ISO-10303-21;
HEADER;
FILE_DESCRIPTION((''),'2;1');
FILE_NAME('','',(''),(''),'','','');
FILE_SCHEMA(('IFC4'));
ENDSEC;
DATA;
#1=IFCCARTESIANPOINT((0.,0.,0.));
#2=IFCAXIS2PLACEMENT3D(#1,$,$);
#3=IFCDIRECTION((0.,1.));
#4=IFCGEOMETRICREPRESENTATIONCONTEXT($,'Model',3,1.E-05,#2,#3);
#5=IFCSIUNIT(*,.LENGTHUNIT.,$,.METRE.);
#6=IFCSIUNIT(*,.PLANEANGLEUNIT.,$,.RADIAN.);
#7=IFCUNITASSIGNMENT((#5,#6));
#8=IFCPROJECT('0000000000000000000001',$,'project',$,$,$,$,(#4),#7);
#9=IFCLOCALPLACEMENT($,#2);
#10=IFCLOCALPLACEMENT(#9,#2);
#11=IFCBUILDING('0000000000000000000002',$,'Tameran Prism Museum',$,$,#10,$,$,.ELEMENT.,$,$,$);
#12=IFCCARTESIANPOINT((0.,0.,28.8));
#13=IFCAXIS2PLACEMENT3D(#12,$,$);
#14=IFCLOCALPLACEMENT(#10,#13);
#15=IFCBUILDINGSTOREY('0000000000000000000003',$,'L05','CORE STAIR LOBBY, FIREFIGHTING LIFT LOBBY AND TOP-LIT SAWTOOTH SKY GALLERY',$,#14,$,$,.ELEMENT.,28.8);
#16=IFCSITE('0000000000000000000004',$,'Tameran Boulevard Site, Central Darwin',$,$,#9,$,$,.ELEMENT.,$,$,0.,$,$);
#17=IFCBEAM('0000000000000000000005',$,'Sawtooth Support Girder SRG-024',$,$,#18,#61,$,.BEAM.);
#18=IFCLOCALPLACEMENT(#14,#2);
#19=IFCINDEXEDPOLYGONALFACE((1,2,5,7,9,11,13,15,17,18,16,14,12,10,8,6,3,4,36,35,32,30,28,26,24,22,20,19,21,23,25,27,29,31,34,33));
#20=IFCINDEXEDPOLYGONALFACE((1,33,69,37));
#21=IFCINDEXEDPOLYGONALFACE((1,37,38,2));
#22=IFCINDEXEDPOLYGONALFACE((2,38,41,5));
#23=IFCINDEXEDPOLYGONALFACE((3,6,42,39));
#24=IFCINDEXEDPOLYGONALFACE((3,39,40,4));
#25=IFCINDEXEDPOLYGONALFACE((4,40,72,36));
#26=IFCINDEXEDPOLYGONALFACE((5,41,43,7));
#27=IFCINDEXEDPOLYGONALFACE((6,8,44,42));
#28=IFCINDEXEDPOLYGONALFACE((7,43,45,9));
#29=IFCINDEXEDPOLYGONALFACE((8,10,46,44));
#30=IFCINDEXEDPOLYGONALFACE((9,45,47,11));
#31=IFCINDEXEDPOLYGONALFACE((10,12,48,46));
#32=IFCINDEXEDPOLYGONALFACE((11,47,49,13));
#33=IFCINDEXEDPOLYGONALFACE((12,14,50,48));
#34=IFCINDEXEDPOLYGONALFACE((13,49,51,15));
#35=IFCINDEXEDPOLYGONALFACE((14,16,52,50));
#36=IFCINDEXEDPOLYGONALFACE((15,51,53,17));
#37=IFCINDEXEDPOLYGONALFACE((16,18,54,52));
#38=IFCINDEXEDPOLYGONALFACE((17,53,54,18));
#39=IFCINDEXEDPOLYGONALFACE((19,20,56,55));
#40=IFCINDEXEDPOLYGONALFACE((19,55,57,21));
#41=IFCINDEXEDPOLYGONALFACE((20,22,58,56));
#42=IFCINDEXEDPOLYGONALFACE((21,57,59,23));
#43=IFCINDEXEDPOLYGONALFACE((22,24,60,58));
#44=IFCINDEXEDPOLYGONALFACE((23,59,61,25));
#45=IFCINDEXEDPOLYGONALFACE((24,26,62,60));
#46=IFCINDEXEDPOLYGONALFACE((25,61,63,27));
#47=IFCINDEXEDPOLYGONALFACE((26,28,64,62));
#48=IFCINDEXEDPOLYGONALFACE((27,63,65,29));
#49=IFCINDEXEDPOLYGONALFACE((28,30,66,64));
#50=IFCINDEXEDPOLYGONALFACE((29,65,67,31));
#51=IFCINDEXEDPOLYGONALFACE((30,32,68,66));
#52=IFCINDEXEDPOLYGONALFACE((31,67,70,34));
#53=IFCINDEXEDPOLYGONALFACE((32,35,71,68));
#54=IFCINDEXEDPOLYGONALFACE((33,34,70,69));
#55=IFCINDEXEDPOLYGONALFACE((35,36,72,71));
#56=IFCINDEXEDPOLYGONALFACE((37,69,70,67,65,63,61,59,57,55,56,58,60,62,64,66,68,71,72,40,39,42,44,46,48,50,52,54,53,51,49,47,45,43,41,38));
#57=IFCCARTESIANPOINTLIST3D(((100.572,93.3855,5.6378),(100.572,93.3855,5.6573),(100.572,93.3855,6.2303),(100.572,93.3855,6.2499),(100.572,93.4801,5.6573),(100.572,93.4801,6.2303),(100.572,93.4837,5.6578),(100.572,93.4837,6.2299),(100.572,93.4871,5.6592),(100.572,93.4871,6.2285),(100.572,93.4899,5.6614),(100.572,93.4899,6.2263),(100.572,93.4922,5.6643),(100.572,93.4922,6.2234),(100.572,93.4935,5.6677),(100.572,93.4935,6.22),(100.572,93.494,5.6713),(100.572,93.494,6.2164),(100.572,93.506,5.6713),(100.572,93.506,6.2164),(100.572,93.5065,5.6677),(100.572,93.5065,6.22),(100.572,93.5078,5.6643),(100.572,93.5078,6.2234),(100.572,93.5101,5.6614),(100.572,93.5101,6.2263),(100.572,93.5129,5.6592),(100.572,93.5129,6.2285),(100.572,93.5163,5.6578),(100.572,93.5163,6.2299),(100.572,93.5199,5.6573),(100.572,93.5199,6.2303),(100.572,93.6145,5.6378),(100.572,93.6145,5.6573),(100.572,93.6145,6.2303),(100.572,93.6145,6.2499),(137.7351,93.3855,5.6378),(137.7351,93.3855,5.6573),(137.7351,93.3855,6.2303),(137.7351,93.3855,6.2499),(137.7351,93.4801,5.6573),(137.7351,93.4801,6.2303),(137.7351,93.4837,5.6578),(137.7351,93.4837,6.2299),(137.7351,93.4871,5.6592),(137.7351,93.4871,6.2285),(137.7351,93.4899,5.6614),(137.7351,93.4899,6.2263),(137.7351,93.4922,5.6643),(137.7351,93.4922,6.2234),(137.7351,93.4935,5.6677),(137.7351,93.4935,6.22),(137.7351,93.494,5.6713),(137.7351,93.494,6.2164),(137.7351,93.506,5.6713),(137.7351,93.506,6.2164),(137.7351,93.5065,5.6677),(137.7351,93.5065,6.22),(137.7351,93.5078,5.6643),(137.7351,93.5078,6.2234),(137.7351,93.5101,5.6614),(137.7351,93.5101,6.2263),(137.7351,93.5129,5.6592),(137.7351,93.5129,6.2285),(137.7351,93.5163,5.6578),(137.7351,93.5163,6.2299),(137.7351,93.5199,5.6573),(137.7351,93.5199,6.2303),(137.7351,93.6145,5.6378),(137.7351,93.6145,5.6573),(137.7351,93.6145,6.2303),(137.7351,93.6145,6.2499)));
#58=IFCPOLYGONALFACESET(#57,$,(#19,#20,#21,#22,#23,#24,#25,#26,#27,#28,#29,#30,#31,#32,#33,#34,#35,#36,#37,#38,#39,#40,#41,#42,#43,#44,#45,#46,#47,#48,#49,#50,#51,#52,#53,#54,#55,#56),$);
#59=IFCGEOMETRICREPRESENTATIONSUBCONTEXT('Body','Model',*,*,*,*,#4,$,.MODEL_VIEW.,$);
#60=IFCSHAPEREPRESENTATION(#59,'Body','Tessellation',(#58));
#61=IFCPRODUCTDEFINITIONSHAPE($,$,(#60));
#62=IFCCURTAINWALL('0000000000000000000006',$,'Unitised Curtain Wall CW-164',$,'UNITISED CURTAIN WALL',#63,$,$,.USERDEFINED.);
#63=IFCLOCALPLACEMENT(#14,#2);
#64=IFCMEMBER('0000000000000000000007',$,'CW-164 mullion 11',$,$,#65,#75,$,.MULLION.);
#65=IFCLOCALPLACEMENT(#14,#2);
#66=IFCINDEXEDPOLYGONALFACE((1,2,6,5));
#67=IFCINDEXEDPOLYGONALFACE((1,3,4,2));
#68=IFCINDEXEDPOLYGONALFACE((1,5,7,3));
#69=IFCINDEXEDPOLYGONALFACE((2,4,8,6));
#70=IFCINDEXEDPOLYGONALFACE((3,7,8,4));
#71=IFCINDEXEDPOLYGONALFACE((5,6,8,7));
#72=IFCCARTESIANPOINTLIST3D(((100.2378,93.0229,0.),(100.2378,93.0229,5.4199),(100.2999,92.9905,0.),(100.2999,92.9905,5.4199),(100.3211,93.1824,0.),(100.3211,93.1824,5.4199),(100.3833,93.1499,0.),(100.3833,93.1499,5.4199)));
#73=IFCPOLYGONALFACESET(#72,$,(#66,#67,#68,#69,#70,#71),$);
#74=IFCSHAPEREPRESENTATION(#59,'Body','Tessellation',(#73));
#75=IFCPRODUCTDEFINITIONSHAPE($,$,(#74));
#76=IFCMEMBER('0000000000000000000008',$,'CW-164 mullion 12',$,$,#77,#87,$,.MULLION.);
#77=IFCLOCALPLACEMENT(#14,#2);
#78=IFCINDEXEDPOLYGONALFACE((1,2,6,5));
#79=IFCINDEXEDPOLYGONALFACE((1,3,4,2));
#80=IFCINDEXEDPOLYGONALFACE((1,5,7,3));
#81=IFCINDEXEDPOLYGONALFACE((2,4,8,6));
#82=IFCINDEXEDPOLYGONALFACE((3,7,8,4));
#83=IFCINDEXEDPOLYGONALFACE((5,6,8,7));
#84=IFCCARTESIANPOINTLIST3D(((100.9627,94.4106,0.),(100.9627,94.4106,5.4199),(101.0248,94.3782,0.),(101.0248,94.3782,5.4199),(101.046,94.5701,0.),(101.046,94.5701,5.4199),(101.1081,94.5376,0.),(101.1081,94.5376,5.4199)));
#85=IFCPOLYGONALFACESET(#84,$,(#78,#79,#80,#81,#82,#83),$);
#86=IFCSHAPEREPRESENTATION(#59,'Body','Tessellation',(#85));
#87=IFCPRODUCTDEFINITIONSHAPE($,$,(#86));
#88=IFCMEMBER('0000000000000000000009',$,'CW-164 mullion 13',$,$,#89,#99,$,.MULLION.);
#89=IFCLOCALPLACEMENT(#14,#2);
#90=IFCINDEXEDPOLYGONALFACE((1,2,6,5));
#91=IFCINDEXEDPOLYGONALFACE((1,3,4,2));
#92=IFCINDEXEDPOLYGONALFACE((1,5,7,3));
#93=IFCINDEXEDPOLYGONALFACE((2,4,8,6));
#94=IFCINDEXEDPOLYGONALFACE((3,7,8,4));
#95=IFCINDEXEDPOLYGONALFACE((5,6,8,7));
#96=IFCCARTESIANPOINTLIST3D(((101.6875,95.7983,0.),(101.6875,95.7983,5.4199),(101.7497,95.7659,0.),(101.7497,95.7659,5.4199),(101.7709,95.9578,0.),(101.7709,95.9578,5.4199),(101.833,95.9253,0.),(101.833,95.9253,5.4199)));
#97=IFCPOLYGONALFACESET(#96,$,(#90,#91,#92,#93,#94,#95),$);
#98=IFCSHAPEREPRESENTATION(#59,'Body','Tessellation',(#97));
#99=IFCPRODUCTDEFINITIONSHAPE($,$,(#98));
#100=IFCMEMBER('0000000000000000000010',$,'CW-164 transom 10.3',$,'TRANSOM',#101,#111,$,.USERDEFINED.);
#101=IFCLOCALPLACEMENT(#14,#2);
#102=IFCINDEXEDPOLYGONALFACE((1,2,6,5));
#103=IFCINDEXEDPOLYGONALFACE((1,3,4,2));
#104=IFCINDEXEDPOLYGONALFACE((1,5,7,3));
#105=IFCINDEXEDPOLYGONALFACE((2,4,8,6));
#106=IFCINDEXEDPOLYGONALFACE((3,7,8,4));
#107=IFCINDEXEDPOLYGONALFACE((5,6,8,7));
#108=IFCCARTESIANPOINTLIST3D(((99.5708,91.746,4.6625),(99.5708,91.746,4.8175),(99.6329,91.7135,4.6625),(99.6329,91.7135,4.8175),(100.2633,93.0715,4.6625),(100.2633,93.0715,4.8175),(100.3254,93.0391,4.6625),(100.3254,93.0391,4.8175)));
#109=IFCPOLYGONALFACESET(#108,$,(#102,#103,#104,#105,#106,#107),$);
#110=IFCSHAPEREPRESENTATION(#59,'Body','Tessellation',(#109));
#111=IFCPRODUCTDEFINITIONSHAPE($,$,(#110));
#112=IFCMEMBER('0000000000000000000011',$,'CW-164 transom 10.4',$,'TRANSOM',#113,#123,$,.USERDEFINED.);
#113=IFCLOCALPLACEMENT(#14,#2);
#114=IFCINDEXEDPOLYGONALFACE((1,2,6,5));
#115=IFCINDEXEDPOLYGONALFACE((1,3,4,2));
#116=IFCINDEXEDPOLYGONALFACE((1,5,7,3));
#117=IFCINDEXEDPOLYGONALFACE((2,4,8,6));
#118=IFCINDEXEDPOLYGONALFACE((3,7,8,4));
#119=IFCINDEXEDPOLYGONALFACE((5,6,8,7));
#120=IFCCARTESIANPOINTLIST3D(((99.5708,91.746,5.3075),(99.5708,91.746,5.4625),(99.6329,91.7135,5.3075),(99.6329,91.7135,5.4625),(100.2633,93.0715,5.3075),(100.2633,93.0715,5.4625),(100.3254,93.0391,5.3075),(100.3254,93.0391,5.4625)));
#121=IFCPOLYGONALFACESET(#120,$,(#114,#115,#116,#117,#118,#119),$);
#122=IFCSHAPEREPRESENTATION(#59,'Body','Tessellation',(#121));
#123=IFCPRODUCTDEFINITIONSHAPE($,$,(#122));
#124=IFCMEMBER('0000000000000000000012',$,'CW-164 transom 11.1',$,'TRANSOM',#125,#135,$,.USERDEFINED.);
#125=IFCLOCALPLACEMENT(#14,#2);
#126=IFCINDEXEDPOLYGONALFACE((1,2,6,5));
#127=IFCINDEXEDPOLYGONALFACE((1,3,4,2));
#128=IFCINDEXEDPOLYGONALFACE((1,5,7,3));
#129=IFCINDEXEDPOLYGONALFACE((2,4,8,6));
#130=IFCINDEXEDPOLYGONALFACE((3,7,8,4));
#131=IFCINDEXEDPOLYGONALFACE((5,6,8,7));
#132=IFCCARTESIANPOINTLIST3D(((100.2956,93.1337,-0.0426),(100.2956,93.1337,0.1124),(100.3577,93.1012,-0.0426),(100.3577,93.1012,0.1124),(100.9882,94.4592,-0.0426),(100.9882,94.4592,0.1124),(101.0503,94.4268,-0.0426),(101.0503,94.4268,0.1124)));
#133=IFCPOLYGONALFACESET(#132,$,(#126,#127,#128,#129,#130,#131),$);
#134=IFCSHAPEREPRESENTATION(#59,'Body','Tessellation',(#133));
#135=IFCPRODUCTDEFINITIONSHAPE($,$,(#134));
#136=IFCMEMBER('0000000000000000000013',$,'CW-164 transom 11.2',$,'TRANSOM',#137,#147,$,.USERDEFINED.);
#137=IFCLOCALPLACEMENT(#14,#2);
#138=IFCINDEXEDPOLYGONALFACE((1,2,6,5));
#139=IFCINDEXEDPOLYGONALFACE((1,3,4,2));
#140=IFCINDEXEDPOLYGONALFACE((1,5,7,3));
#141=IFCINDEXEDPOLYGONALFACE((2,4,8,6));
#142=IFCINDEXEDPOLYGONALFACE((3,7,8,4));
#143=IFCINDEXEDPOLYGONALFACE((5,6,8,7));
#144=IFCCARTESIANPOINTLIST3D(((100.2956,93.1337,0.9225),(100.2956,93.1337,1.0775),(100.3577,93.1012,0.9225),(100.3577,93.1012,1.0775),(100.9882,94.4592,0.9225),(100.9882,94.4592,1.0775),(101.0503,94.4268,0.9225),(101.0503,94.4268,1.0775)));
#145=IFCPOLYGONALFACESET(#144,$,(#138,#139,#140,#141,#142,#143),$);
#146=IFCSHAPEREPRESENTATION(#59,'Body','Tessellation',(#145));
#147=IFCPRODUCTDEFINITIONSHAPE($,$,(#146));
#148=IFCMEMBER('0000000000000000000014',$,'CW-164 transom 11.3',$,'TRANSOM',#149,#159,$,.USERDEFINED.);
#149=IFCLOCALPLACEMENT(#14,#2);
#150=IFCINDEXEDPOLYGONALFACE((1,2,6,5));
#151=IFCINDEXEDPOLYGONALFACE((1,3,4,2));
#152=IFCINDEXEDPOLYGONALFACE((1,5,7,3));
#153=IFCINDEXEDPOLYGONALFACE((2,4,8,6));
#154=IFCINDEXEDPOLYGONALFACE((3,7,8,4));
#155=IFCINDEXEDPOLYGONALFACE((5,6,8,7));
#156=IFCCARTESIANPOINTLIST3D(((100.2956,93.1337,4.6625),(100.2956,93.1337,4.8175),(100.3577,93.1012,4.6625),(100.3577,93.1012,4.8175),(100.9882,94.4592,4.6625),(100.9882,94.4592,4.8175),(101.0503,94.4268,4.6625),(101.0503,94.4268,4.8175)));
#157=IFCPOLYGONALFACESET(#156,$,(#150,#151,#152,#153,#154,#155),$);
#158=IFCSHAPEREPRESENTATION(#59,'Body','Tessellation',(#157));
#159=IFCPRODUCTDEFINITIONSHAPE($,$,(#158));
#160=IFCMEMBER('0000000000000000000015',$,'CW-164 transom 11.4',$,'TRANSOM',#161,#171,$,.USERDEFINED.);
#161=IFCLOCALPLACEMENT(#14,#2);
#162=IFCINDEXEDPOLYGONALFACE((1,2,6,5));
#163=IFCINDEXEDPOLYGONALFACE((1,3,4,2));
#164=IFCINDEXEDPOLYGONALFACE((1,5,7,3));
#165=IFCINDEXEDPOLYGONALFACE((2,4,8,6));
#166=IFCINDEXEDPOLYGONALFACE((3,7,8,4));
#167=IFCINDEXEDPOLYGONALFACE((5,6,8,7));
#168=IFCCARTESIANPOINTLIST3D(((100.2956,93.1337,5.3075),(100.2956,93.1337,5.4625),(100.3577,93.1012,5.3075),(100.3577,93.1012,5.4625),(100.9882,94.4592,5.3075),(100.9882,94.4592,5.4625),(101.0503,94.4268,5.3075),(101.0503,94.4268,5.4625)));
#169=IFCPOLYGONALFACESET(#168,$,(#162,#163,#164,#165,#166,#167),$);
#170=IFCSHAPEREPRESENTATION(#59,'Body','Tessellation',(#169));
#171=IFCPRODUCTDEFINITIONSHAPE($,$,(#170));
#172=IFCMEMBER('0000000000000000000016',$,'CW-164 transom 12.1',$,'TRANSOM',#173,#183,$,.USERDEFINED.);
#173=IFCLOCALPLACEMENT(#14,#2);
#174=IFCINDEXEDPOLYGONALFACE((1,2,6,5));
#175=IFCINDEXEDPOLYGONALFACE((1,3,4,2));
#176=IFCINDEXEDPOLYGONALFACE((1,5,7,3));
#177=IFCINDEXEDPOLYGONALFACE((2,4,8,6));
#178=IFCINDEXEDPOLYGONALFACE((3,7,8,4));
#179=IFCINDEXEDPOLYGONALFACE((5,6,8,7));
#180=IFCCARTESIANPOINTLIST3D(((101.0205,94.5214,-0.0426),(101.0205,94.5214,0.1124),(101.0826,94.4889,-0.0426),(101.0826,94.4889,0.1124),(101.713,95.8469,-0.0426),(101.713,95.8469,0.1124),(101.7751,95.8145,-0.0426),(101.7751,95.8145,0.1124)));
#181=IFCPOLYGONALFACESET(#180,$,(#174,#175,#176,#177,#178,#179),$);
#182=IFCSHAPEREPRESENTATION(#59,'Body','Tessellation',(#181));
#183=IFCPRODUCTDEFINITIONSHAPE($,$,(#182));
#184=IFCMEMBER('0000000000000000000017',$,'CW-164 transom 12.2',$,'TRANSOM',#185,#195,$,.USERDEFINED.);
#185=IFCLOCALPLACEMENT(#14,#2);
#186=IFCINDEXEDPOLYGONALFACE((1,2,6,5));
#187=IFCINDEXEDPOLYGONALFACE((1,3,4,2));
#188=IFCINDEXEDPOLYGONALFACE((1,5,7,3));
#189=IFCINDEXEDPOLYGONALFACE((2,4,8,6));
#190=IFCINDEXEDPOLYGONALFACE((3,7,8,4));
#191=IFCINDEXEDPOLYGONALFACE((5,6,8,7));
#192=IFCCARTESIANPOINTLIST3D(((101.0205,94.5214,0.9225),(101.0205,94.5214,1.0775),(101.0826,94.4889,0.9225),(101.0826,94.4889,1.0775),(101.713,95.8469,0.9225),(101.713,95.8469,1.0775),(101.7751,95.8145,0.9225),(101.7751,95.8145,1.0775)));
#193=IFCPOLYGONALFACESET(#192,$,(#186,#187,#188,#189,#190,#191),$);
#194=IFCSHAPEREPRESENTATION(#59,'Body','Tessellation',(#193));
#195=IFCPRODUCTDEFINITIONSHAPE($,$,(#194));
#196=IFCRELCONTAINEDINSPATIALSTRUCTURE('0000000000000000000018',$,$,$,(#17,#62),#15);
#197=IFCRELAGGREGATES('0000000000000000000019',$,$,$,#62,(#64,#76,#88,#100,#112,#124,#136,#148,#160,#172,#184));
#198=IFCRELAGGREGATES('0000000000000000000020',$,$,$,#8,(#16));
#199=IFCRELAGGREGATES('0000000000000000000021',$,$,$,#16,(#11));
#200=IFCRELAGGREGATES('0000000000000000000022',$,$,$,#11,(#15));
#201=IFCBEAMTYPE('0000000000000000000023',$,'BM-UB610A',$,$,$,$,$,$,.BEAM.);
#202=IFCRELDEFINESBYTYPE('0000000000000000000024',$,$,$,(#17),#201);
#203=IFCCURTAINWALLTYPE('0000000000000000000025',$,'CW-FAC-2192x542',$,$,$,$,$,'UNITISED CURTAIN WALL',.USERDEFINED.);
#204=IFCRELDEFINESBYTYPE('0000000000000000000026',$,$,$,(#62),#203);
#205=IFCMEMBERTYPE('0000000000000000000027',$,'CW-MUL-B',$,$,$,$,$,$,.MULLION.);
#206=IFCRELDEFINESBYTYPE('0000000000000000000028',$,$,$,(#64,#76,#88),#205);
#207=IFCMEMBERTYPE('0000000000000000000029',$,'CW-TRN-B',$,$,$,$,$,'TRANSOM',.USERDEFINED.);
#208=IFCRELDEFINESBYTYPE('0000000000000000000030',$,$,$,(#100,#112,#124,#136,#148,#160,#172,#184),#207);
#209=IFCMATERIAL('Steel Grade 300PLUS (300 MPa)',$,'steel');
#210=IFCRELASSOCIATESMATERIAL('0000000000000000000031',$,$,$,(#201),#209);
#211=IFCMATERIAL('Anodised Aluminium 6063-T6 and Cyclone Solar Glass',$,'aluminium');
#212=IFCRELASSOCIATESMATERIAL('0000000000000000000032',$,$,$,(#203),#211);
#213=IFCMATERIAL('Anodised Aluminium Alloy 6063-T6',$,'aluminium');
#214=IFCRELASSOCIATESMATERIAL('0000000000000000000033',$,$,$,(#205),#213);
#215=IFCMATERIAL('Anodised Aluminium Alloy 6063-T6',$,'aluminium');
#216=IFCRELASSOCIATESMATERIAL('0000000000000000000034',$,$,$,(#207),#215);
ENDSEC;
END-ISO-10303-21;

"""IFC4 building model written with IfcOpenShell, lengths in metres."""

from ifc_helpers import new_model, si_unit, direction, frame, origin, origin_2d, place, context, subcontext, project, spatial, rectangle, i_section, extrude, material, material_profile, profile_set, type_object, element, aggregate, save


model = new_model("IFC4")

# Units and contexts
model_context = context("Model", 3, precision=1e-05, world=origin(), true_north=direction((0.0, 1.0)))
body_context = subcontext(model_context, "Body", "Model", "MODEL_VIEW")
ifc_project = project(units=[si_unit("LENGTHUNIT", "METRE"), si_unit("PLANEANGLEUNIT", "RADIAN")], contexts=[model_context])

# Site, building, storey
site_placement = place(None, origin())
site = spatial("IfcSite", under=ifc_project, at=site_placement, Name="Tameran Boulevard Site, Central Darwin", CompositionType="ELEMENT", RefElevation=0.0)
building_placement = place(site_placement, origin())
building = spatial("IfcBuilding", under=site, at=building_placement, Name="Tameran Prism Museum", CompositionType="ELEMENT")
storey_placement = place(building_placement, frame((0.0, 0.0, 28.8)))
storey = spatial("IfcBuildingStorey", under=building, at=storey_placement, Name="L05", Description="CORE STAIR LOBBY, FIREFIGHTING LIFT LOBBY AND TOP-LIT SAWTOOTH SKY GALLERY", CompositionType="ELEMENT", Elevation=28.8)

# Beam
ifc_material_1 = material(Name="Steel Grade 300PLUS (300 MPa)", Category="steel")
ifc_material_profile_1 = material_profile(ifc_material_1, i_section(OverallWidth=0.229, OverallDepth=0.6121, WebThickness=0.012, FlangeThickness=0.0195, FilletRadius=0.0139, at=origin_2d()))
ifc_profile_set_1 = profile_set([ifc_material_profile_1])
beam_type_1 = type_object("IfcBeamType", Name="BM-UB610A", PredefinedType="BEAM", material=ifc_profile_set_1)
beam_1_placement = place(storey_placement, frame((100.572, 93.5, 5.9438), z_axis=(1.0, 0.0, 0.0), x_axis=(0.0, 1.0, 0.0)))
element("IfcBeam", 1, at=beam_1_placement, inside=storey, type_object=beam_type_1, Name="Sawtooth Support Girder SRG-024", PredefinedType="BEAM", context=body_context, shape_type="SweptSolid", body=[
    extrude(i_section(OverallWidth=0.229, OverallDepth=0.6121, WebThickness=0.012, FlangeThickness=0.0195, FilletRadius=0.0139, at=origin_2d()), origin(), (0.0, 0.0, 1.0), 37.1631),
])

# Curtain wall, members
ifc_material_2 = material(Name="Anodised Aluminium 6063-T6 and Cyclone Solar Glass", Category="aluminium")
curtain_wall_type = type_object("IfcCurtainWallType", Name="CW-FAC-2192x542", ElementType="UNITISED CURTAIN WALL", PredefinedType="USERDEFINED", material=ifc_material_2)
curtain_wall_placement = place(storey_placement, origin())
curtain_wall = element("IfcCurtainWall", 2, at=curtain_wall_placement, inside=storey, type_object=curtain_wall_type, Name="Unitised Curtain Wall CW-164", ObjectType="UNITISED CURTAIN WALL", PredefinedType="USERDEFINED")
ifc_material_3 = material(Name="Anodised Aluminium Alloy 6063-T6", Category="aluminium")
ifc_material_profile_2 = material_profile(ifc_material_3, rectangle(XDim=0.0701, YDim=0.1799, at=origin_2d()))
ifc_profile_set_2 = profile_set([ifc_material_profile_2])
member_type_1 = type_object("IfcMemberType", Name="CW-MUL-B", PredefinedType="MULLION", material=ifc_profile_set_2)
member_1_placement = place(storey_placement, frame((100.3105, 93.0864, 0.0), z_axis=(0.0, 0.0, 1.0), x_axis=(-0.886357, 0.463003, 0.0)))
member_1 = element("IfcMember", 3, at=member_1_placement, type_object=member_type_1, Name="CW-164 mullion 11", PredefinedType="MULLION", context=body_context, shape_type="SweptSolid", body=[
    extrude(rectangle(XDim=0.0701, YDim=0.1799, at=origin_2d()), origin(), (0.0, 0.0, 1.0), 5.4199),
])
member_2_placement = place(storey_placement, frame((101.0354, 94.4741, 0.0), z_axis=(0.0, 0.0, 1.0), x_axis=(-0.886357, 0.463003, 0.0)))
member_2 = element("IfcMember", 4, at=member_2_placement, type_object=member_type_1, Name="CW-164 mullion 12", PredefinedType="MULLION", context=body_context, shape_type="SweptSolid", body=[
    extrude(rectangle(XDim=0.0701, YDim=0.1799, at=origin_2d()), origin(), (0.0, 0.0, 1.0), 5.4199),
])
member_3_placement = place(storey_placement, frame((101.7603, 95.8618, 0.0), z_axis=(0.0, 0.0, 1.0), x_axis=(-0.886357, 0.463003, 0.0)))
member_3 = element("IfcMember", 5, at=member_3_placement, type_object=member_type_1, Name="CW-164 mullion 13", PredefinedType="MULLION", context=body_context, shape_type="SweptSolid", body=[
    extrude(rectangle(XDim=0.0701, YDim=0.1799, at=origin_2d()), origin(), (0.0, 0.0, 1.0), 5.4199),
])
ifc_material_4 = material(Name="Anodised Aluminium Alloy 6063-T6", Category="aluminium")
ifc_material_profile_3 = material_profile(ifc_material_4, rectangle(XDim=0.0701, YDim=0.155, at=origin_2d()))
ifc_profile_set_3 = profile_set([ifc_material_profile_3])
member_type_2 = type_object("IfcMemberType", Name="CW-TRN-B", ElementType="TRANSOM", PredefinedType="USERDEFINED", material=ifc_profile_set_3)
member_4_placement = place(storey_placement, frame((99.6018, 91.7297, 4.74), z_axis=(0.463074, 0.88632, 0.0), x_axis=(-0.88632, 0.463074, 0.0)))
member_4 = element("IfcMember", 6, at=member_4_placement, type_object=member_type_2, Name="CW-164 transom 10.3", ObjectType="TRANSOM", PredefinedType="USERDEFINED", context=body_context, shape_type="SweptSolid", body=[
    extrude(rectangle(XDim=0.0701, YDim=0.155, at=origin_2d()), origin(), (0.0, 0.0, 1.0), 1.4956),
])
member_5_placement = place(storey_placement, frame((99.6018, 91.7297, 5.385), z_axis=(0.463074, 0.88632, 0.0), x_axis=(-0.88632, 0.463074, 0.0)))
member_5 = element("IfcMember", 7, at=member_5_placement, type_object=member_type_2, Name="CW-164 transom 10.4", ObjectType="TRANSOM", PredefinedType="USERDEFINED", context=body_context, shape_type="SweptSolid", body=[
    extrude(rectangle(XDim=0.0701, YDim=0.155, at=origin_2d()), origin(), (0.0, 0.0, 1.0), 1.4956),
])
member_6_placement = place(storey_placement, frame((100.3267, 93.1174, 0.0349), z_axis=(0.463074, 0.88632, 0.0), x_axis=(-0.88632, 0.463074, 0.0)))
member_6 = element("IfcMember", 8, at=member_6_placement, type_object=member_type_2, Name="CW-164 transom 11.1", ObjectType="TRANSOM", PredefinedType="USERDEFINED", context=body_context, shape_type="SweptSolid", body=[
    extrude(rectangle(XDim=0.0701, YDim=0.155, at=origin_2d()), origin(), (0.0, 0.0, 1.0), 1.4956),
])
member_7_placement = place(storey_placement, frame((100.3267, 93.1174, 1.0), z_axis=(0.463074, 0.88632, 0.0), x_axis=(-0.88632, 0.463074, 0.0)))
member_7 = element("IfcMember", 9, at=member_7_placement, type_object=member_type_2, Name="CW-164 transom 11.2", ObjectType="TRANSOM", PredefinedType="USERDEFINED", context=body_context, shape_type="SweptSolid", body=[
    extrude(rectangle(XDim=0.0701, YDim=0.155, at=origin_2d()), origin(), (0.0, 0.0, 1.0), 1.4956),
])
member_8_placement = place(storey_placement, frame((100.3267, 93.1174, 4.74), z_axis=(0.463074, 0.88632, 0.0), x_axis=(-0.88632, 0.463074, 0.0)))
member_8 = element("IfcMember", 10, at=member_8_placement, type_object=member_type_2, Name="CW-164 transom 11.3", ObjectType="TRANSOM", PredefinedType="USERDEFINED", context=body_context, shape_type="SweptSolid", body=[
    extrude(rectangle(XDim=0.0701, YDim=0.155, at=origin_2d()), origin(), (0.0, 0.0, 1.0), 1.4956),
])
member_9_placement = place(storey_placement, frame((100.3267, 93.1174, 5.385), z_axis=(0.463074, 0.88632, 0.0), x_axis=(-0.88632, 0.463074, 0.0)))
member_9 = element("IfcMember", 11, at=member_9_placement, type_object=member_type_2, Name="CW-164 transom 11.4", ObjectType="TRANSOM", PredefinedType="USERDEFINED", context=body_context, shape_type="SweptSolid", body=[
    extrude(rectangle(XDim=0.0701, YDim=0.155, at=origin_2d()), origin(), (0.0, 0.0, 1.0), 1.4956),
])
member_10_placement = place(storey_placement, frame((101.0515, 94.5051, 0.0349), z_axis=(0.463074, 0.88632, 0.0), x_axis=(-0.88632, 0.463074, 0.0)))
member_10 = element("IfcMember", 12, at=member_10_placement, type_object=member_type_2, Name="CW-164 transom 12.1", ObjectType="TRANSOM", PredefinedType="USERDEFINED", context=body_context, shape_type="SweptSolid", body=[
    extrude(rectangle(XDim=0.0701, YDim=0.155, at=origin_2d()), origin(), (0.0, 0.0, 1.0), 1.4956),
])
member_11_placement = place(storey_placement, frame((101.0515, 94.5051, 1.0), z_axis=(0.463074, 0.88632, 0.0), x_axis=(-0.88632, 0.463074, 0.0)))
member_11 = element("IfcMember", 13, at=member_11_placement, type_object=member_type_2, Name="CW-164 transom 12.2", ObjectType="TRANSOM", PredefinedType="USERDEFINED", context=body_context, shape_type="SweptSolid", body=[
    extrude(rectangle(XDim=0.0701, YDim=0.155, at=origin_2d()), origin(), (0.0, 0.0, 1.0), 1.4956),
])
aggregate(curtain_wall, [member_1, member_2, member_3, member_4, member_5, member_6, member_7, member_8, member_9, member_10, member_11])

save(model, "model.ifc")
